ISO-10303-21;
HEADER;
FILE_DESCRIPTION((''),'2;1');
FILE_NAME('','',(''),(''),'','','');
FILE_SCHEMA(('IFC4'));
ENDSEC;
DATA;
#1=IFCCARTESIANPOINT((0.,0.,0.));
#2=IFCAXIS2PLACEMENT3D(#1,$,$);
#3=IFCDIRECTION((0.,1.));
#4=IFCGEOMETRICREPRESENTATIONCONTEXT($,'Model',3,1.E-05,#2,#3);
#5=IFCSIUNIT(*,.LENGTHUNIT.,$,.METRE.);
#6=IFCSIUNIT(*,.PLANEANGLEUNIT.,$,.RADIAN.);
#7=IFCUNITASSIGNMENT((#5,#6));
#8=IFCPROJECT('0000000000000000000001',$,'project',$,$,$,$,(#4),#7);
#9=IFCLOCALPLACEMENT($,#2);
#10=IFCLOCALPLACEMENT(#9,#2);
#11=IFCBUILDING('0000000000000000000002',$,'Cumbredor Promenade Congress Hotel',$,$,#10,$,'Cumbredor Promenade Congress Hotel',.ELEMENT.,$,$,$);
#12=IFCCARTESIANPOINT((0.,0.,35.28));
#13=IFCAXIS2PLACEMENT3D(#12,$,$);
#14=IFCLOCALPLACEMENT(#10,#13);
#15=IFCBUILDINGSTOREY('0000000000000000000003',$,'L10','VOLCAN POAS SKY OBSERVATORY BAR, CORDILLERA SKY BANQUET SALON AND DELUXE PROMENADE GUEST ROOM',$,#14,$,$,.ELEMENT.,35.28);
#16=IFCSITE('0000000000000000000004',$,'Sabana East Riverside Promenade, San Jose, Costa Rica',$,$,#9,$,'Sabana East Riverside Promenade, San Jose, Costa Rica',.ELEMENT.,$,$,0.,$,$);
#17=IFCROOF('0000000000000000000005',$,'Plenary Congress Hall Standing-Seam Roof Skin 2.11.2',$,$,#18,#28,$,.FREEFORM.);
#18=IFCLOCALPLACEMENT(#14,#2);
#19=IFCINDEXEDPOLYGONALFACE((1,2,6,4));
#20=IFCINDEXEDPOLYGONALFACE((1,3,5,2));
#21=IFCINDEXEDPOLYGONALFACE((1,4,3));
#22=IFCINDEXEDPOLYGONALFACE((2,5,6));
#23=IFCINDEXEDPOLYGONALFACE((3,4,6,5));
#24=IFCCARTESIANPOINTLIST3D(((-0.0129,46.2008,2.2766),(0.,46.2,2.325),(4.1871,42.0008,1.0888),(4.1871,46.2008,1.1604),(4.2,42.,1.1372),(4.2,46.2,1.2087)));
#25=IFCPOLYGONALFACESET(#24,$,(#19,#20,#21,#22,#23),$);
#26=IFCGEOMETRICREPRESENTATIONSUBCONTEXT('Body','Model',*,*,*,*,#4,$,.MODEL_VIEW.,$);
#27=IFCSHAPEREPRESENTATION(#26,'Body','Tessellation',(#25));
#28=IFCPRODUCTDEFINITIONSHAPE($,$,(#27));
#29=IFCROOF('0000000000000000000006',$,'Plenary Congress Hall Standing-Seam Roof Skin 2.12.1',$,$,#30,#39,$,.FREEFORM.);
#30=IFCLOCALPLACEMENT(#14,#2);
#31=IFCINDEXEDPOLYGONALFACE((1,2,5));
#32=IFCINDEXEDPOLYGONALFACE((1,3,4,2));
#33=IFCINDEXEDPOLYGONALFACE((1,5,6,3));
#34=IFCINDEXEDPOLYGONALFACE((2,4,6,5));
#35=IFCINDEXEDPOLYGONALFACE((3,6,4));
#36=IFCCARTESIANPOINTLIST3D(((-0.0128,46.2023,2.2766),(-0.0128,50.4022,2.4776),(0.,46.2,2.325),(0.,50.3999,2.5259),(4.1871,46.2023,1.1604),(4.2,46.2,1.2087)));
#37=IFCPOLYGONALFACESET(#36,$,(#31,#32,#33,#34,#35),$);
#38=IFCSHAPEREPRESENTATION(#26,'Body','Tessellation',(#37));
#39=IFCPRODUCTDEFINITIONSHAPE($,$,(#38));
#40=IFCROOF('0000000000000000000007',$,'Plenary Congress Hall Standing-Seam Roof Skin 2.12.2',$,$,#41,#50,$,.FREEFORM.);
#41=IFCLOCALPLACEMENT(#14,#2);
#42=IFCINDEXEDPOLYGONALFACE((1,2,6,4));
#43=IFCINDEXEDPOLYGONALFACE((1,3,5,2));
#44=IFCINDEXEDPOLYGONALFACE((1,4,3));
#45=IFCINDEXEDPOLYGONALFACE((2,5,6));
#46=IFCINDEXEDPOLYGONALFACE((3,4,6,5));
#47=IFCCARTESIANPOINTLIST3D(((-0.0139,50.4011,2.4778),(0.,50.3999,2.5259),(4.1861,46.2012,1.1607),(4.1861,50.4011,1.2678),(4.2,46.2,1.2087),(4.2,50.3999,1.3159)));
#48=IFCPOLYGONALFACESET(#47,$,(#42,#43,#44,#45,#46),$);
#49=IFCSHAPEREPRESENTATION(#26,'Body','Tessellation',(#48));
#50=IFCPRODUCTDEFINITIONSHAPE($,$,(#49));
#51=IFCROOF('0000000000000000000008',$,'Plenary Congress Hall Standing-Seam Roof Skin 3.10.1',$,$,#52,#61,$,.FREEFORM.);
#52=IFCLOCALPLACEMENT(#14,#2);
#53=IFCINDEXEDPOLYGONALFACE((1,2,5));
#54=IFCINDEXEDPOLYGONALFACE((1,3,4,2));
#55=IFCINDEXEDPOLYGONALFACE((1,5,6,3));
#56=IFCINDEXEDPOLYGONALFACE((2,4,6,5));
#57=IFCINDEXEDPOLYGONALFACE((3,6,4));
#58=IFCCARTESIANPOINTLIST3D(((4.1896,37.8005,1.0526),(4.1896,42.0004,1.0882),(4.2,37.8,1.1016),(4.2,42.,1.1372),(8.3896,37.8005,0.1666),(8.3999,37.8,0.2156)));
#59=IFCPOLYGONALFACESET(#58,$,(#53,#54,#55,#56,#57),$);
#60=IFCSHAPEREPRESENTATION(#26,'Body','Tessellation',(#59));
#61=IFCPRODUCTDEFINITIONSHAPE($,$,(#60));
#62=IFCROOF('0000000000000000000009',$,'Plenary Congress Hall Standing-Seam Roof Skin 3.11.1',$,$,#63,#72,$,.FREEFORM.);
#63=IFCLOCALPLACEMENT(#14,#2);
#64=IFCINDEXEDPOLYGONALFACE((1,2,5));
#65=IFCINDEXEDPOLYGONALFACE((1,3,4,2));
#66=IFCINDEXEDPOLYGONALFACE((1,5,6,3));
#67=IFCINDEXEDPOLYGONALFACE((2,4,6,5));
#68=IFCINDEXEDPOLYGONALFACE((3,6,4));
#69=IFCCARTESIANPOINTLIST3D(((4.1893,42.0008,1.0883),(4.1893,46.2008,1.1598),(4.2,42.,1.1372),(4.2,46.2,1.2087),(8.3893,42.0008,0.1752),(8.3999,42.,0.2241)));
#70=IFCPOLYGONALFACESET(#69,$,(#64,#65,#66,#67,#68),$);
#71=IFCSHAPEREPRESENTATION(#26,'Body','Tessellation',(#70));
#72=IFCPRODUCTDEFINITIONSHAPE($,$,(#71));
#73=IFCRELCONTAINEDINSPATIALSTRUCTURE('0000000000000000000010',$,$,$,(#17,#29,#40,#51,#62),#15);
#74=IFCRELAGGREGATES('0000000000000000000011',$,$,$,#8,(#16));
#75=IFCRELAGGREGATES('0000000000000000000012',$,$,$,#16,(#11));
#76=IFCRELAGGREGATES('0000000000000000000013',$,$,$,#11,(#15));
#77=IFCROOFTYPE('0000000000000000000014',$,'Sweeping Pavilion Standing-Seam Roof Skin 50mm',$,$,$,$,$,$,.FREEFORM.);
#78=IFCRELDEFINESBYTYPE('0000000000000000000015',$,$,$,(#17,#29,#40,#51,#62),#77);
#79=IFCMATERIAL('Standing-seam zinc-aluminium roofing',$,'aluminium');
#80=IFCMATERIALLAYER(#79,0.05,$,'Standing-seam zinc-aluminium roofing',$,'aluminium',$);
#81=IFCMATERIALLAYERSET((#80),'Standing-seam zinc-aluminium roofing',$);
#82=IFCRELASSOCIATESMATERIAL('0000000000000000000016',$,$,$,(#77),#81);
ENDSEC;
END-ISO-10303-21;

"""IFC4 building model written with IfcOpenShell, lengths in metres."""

from ifc_helpers import new_model, si_unit, direction, frame, origin, place, context, subcontext, project, spatial, polyline, outline, extrude, material, layer, layer_set, type_object, element, save


model = new_model("IFC4")

# Units and contexts
model_context = context("Model", 3, precision=1e-05, world=origin(), true_north=direction((0.0, 1.0)))
body_context = subcontext(model_context, "Body", "Model", "MODEL_VIEW")
ifc_project = project(units=[si_unit("LENGTHUNIT", "METRE"), si_unit("PLANEANGLEUNIT", "RADIAN")], contexts=[model_context])

# Site, building, storey
site_placement = place(None, origin())
site = spatial("IfcSite", under=ifc_project, at=site_placement, Name="Sabana East Riverside Promenade, San Jose, Costa Rica", LongName="Sabana East Riverside Promenade, San Jose, Costa Rica", CompositionType="ELEMENT", RefElevation=0.0)
building_placement = place(site_placement, origin())
building = spatial("IfcBuilding", under=site, at=building_placement, Name="Cumbredor Promenade Congress Hotel", LongName="Cumbredor Promenade Congress Hotel", CompositionType="ELEMENT")
storey_placement = place(building_placement, frame((0.0, 0.0, 35.28)))
storey = spatial("IfcBuildingStorey", under=building, at=storey_placement, Name="L10", Description="VOLCAN POAS SKY OBSERVATORY BAR, CORDILLERA SKY BANQUET SALON AND DELUXE PROMENADE GUEST ROOM", CompositionType="ELEMENT", Elevation=35.28)

# Roofs
ifc_material_1 = material(Name="Standing-seam zinc-aluminium roofing", Category="aluminium")
ifc_layer_1 = layer(ifc_material_1, 0.05, Name="Standing-seam zinc-aluminium roofing", Category="aluminium")
ifc_layer_set_1 = layer_set([ifc_layer_1], Name="Standing-seam zinc-aluminium roofing")
roof_type = type_object("IfcRoofType", Name="Sweeping Pavilion Standing-Seam Roof Skin 50mm", PredefinedType="FREEFORM", material=ifc_layer_set_1)
roof_1_placement = place(storey_placement, frame((4.2, 42.0, 1.1372), z_axis=(0.256817, -0.016458, 0.96632), x_axis=(0.0, 0.999855, 0.017029)))
element("IfcRoof", 1, at=roof_1_placement, inside=storey, type_object=roof_type, Name="Plenary Congress Hall Standing-Seam Roof Skin 2.11.2", PredefinedType="FREEFORM", context=body_context, shape_type="SweptSolid", body=[
    extrude(outline(polyline([(0.0, 0.0), (4.2006, 0.0), (4.2196, 4.3457), (0.0, 0.0)])), origin(), (0.0, 0.0, -1.0), 0.05),
])
roof_2_placement = place(storey_placement, frame((0.0, 46.2, 2.325), z_axis=(0.256577, -0.046186, 0.96542), x_axis=(0.966451, 0.0, -0.256851)))
element("IfcRoof", 2, at=roof_2_placement, inside=storey, type_object=roof_type, Name="Plenary Congress Hall Standing-Seam Roof Skin 2.12.1", PredefinedType="FREEFORM", context=body_context, shape_type="SweptSolid", body=[
    extrude(outline(polyline([(0.0, 0.0), (4.3457, 0.0), (-0.0516, 4.2044), (0.0, 0.0)])), origin(), (0.0, 0.0, -1.0), 0.05),
])
roof_3_placement = place(storey_placement, frame((4.2, 46.2, 1.2087), z_axis=(0.276747, -0.024514, 0.96063), x_axis=(0.0, 0.999675, 0.02551)))
element("IfcRoof", 3, at=roof_3_placement, inside=storey, type_object=roof_type, Name="Plenary Congress Hall Standing-Seam Roof Skin 2.12.2", PredefinedType="FREEFORM", context=body_context, shape_type="SweptSolid", body=[
    extrude(outline(polyline([(0.0, 0.0), (4.2013, 0.0), (4.2322, 4.3707), (0.0, 0.0)])), origin(), (0.0, 0.0, -1.0), 0.05),
])
roof_4_placement = place(storey_placement, frame((4.2, 37.8, 1.1016), z_axis=(0.206402, -0.008304, 0.978432), x_axis=(0.978466, 0.0, -0.206409)))
element("IfcRoof", 4, at=roof_4_placement, inside=storey, type_object=roof_type, Name="Plenary Congress Hall Standing-Seam Roof Skin 3.10.1", PredefinedType="FREEFORM", context=body_context, shape_type="SweptSolid", body=[
    extrude(outline(polyline([(0.0, 0.0), (4.2924, 0.0), (-0.0074, 4.2001), (0.0, 0.0)])), origin(), (0.0, 0.0, -1.0), 0.05),
])
roof_5_placement = place(storey_placement, frame((4.2, 42.0, 1.1372), z_axis=(0.212412, -0.016641, 0.977038), x_axis=(0.977174, 0.0, -0.212441)))
element("IfcRoof", 5, at=roof_5_placement, inside=storey, type_object=roof_type, Name="Plenary Congress Hall Standing-Seam Roof Skin 3.11.1", PredefinedType="FREEFORM", context=body_context, shape_type="SweptSolid", body=[
    extrude(outline(polyline([(0.0, 0.0), (4.2981, 0.0), (-0.0152, 4.2005), (0.0, 0.0)])), origin(), (0.0, 0.0, -1.0), 0.05),
])

save(model, "model.ifc")
